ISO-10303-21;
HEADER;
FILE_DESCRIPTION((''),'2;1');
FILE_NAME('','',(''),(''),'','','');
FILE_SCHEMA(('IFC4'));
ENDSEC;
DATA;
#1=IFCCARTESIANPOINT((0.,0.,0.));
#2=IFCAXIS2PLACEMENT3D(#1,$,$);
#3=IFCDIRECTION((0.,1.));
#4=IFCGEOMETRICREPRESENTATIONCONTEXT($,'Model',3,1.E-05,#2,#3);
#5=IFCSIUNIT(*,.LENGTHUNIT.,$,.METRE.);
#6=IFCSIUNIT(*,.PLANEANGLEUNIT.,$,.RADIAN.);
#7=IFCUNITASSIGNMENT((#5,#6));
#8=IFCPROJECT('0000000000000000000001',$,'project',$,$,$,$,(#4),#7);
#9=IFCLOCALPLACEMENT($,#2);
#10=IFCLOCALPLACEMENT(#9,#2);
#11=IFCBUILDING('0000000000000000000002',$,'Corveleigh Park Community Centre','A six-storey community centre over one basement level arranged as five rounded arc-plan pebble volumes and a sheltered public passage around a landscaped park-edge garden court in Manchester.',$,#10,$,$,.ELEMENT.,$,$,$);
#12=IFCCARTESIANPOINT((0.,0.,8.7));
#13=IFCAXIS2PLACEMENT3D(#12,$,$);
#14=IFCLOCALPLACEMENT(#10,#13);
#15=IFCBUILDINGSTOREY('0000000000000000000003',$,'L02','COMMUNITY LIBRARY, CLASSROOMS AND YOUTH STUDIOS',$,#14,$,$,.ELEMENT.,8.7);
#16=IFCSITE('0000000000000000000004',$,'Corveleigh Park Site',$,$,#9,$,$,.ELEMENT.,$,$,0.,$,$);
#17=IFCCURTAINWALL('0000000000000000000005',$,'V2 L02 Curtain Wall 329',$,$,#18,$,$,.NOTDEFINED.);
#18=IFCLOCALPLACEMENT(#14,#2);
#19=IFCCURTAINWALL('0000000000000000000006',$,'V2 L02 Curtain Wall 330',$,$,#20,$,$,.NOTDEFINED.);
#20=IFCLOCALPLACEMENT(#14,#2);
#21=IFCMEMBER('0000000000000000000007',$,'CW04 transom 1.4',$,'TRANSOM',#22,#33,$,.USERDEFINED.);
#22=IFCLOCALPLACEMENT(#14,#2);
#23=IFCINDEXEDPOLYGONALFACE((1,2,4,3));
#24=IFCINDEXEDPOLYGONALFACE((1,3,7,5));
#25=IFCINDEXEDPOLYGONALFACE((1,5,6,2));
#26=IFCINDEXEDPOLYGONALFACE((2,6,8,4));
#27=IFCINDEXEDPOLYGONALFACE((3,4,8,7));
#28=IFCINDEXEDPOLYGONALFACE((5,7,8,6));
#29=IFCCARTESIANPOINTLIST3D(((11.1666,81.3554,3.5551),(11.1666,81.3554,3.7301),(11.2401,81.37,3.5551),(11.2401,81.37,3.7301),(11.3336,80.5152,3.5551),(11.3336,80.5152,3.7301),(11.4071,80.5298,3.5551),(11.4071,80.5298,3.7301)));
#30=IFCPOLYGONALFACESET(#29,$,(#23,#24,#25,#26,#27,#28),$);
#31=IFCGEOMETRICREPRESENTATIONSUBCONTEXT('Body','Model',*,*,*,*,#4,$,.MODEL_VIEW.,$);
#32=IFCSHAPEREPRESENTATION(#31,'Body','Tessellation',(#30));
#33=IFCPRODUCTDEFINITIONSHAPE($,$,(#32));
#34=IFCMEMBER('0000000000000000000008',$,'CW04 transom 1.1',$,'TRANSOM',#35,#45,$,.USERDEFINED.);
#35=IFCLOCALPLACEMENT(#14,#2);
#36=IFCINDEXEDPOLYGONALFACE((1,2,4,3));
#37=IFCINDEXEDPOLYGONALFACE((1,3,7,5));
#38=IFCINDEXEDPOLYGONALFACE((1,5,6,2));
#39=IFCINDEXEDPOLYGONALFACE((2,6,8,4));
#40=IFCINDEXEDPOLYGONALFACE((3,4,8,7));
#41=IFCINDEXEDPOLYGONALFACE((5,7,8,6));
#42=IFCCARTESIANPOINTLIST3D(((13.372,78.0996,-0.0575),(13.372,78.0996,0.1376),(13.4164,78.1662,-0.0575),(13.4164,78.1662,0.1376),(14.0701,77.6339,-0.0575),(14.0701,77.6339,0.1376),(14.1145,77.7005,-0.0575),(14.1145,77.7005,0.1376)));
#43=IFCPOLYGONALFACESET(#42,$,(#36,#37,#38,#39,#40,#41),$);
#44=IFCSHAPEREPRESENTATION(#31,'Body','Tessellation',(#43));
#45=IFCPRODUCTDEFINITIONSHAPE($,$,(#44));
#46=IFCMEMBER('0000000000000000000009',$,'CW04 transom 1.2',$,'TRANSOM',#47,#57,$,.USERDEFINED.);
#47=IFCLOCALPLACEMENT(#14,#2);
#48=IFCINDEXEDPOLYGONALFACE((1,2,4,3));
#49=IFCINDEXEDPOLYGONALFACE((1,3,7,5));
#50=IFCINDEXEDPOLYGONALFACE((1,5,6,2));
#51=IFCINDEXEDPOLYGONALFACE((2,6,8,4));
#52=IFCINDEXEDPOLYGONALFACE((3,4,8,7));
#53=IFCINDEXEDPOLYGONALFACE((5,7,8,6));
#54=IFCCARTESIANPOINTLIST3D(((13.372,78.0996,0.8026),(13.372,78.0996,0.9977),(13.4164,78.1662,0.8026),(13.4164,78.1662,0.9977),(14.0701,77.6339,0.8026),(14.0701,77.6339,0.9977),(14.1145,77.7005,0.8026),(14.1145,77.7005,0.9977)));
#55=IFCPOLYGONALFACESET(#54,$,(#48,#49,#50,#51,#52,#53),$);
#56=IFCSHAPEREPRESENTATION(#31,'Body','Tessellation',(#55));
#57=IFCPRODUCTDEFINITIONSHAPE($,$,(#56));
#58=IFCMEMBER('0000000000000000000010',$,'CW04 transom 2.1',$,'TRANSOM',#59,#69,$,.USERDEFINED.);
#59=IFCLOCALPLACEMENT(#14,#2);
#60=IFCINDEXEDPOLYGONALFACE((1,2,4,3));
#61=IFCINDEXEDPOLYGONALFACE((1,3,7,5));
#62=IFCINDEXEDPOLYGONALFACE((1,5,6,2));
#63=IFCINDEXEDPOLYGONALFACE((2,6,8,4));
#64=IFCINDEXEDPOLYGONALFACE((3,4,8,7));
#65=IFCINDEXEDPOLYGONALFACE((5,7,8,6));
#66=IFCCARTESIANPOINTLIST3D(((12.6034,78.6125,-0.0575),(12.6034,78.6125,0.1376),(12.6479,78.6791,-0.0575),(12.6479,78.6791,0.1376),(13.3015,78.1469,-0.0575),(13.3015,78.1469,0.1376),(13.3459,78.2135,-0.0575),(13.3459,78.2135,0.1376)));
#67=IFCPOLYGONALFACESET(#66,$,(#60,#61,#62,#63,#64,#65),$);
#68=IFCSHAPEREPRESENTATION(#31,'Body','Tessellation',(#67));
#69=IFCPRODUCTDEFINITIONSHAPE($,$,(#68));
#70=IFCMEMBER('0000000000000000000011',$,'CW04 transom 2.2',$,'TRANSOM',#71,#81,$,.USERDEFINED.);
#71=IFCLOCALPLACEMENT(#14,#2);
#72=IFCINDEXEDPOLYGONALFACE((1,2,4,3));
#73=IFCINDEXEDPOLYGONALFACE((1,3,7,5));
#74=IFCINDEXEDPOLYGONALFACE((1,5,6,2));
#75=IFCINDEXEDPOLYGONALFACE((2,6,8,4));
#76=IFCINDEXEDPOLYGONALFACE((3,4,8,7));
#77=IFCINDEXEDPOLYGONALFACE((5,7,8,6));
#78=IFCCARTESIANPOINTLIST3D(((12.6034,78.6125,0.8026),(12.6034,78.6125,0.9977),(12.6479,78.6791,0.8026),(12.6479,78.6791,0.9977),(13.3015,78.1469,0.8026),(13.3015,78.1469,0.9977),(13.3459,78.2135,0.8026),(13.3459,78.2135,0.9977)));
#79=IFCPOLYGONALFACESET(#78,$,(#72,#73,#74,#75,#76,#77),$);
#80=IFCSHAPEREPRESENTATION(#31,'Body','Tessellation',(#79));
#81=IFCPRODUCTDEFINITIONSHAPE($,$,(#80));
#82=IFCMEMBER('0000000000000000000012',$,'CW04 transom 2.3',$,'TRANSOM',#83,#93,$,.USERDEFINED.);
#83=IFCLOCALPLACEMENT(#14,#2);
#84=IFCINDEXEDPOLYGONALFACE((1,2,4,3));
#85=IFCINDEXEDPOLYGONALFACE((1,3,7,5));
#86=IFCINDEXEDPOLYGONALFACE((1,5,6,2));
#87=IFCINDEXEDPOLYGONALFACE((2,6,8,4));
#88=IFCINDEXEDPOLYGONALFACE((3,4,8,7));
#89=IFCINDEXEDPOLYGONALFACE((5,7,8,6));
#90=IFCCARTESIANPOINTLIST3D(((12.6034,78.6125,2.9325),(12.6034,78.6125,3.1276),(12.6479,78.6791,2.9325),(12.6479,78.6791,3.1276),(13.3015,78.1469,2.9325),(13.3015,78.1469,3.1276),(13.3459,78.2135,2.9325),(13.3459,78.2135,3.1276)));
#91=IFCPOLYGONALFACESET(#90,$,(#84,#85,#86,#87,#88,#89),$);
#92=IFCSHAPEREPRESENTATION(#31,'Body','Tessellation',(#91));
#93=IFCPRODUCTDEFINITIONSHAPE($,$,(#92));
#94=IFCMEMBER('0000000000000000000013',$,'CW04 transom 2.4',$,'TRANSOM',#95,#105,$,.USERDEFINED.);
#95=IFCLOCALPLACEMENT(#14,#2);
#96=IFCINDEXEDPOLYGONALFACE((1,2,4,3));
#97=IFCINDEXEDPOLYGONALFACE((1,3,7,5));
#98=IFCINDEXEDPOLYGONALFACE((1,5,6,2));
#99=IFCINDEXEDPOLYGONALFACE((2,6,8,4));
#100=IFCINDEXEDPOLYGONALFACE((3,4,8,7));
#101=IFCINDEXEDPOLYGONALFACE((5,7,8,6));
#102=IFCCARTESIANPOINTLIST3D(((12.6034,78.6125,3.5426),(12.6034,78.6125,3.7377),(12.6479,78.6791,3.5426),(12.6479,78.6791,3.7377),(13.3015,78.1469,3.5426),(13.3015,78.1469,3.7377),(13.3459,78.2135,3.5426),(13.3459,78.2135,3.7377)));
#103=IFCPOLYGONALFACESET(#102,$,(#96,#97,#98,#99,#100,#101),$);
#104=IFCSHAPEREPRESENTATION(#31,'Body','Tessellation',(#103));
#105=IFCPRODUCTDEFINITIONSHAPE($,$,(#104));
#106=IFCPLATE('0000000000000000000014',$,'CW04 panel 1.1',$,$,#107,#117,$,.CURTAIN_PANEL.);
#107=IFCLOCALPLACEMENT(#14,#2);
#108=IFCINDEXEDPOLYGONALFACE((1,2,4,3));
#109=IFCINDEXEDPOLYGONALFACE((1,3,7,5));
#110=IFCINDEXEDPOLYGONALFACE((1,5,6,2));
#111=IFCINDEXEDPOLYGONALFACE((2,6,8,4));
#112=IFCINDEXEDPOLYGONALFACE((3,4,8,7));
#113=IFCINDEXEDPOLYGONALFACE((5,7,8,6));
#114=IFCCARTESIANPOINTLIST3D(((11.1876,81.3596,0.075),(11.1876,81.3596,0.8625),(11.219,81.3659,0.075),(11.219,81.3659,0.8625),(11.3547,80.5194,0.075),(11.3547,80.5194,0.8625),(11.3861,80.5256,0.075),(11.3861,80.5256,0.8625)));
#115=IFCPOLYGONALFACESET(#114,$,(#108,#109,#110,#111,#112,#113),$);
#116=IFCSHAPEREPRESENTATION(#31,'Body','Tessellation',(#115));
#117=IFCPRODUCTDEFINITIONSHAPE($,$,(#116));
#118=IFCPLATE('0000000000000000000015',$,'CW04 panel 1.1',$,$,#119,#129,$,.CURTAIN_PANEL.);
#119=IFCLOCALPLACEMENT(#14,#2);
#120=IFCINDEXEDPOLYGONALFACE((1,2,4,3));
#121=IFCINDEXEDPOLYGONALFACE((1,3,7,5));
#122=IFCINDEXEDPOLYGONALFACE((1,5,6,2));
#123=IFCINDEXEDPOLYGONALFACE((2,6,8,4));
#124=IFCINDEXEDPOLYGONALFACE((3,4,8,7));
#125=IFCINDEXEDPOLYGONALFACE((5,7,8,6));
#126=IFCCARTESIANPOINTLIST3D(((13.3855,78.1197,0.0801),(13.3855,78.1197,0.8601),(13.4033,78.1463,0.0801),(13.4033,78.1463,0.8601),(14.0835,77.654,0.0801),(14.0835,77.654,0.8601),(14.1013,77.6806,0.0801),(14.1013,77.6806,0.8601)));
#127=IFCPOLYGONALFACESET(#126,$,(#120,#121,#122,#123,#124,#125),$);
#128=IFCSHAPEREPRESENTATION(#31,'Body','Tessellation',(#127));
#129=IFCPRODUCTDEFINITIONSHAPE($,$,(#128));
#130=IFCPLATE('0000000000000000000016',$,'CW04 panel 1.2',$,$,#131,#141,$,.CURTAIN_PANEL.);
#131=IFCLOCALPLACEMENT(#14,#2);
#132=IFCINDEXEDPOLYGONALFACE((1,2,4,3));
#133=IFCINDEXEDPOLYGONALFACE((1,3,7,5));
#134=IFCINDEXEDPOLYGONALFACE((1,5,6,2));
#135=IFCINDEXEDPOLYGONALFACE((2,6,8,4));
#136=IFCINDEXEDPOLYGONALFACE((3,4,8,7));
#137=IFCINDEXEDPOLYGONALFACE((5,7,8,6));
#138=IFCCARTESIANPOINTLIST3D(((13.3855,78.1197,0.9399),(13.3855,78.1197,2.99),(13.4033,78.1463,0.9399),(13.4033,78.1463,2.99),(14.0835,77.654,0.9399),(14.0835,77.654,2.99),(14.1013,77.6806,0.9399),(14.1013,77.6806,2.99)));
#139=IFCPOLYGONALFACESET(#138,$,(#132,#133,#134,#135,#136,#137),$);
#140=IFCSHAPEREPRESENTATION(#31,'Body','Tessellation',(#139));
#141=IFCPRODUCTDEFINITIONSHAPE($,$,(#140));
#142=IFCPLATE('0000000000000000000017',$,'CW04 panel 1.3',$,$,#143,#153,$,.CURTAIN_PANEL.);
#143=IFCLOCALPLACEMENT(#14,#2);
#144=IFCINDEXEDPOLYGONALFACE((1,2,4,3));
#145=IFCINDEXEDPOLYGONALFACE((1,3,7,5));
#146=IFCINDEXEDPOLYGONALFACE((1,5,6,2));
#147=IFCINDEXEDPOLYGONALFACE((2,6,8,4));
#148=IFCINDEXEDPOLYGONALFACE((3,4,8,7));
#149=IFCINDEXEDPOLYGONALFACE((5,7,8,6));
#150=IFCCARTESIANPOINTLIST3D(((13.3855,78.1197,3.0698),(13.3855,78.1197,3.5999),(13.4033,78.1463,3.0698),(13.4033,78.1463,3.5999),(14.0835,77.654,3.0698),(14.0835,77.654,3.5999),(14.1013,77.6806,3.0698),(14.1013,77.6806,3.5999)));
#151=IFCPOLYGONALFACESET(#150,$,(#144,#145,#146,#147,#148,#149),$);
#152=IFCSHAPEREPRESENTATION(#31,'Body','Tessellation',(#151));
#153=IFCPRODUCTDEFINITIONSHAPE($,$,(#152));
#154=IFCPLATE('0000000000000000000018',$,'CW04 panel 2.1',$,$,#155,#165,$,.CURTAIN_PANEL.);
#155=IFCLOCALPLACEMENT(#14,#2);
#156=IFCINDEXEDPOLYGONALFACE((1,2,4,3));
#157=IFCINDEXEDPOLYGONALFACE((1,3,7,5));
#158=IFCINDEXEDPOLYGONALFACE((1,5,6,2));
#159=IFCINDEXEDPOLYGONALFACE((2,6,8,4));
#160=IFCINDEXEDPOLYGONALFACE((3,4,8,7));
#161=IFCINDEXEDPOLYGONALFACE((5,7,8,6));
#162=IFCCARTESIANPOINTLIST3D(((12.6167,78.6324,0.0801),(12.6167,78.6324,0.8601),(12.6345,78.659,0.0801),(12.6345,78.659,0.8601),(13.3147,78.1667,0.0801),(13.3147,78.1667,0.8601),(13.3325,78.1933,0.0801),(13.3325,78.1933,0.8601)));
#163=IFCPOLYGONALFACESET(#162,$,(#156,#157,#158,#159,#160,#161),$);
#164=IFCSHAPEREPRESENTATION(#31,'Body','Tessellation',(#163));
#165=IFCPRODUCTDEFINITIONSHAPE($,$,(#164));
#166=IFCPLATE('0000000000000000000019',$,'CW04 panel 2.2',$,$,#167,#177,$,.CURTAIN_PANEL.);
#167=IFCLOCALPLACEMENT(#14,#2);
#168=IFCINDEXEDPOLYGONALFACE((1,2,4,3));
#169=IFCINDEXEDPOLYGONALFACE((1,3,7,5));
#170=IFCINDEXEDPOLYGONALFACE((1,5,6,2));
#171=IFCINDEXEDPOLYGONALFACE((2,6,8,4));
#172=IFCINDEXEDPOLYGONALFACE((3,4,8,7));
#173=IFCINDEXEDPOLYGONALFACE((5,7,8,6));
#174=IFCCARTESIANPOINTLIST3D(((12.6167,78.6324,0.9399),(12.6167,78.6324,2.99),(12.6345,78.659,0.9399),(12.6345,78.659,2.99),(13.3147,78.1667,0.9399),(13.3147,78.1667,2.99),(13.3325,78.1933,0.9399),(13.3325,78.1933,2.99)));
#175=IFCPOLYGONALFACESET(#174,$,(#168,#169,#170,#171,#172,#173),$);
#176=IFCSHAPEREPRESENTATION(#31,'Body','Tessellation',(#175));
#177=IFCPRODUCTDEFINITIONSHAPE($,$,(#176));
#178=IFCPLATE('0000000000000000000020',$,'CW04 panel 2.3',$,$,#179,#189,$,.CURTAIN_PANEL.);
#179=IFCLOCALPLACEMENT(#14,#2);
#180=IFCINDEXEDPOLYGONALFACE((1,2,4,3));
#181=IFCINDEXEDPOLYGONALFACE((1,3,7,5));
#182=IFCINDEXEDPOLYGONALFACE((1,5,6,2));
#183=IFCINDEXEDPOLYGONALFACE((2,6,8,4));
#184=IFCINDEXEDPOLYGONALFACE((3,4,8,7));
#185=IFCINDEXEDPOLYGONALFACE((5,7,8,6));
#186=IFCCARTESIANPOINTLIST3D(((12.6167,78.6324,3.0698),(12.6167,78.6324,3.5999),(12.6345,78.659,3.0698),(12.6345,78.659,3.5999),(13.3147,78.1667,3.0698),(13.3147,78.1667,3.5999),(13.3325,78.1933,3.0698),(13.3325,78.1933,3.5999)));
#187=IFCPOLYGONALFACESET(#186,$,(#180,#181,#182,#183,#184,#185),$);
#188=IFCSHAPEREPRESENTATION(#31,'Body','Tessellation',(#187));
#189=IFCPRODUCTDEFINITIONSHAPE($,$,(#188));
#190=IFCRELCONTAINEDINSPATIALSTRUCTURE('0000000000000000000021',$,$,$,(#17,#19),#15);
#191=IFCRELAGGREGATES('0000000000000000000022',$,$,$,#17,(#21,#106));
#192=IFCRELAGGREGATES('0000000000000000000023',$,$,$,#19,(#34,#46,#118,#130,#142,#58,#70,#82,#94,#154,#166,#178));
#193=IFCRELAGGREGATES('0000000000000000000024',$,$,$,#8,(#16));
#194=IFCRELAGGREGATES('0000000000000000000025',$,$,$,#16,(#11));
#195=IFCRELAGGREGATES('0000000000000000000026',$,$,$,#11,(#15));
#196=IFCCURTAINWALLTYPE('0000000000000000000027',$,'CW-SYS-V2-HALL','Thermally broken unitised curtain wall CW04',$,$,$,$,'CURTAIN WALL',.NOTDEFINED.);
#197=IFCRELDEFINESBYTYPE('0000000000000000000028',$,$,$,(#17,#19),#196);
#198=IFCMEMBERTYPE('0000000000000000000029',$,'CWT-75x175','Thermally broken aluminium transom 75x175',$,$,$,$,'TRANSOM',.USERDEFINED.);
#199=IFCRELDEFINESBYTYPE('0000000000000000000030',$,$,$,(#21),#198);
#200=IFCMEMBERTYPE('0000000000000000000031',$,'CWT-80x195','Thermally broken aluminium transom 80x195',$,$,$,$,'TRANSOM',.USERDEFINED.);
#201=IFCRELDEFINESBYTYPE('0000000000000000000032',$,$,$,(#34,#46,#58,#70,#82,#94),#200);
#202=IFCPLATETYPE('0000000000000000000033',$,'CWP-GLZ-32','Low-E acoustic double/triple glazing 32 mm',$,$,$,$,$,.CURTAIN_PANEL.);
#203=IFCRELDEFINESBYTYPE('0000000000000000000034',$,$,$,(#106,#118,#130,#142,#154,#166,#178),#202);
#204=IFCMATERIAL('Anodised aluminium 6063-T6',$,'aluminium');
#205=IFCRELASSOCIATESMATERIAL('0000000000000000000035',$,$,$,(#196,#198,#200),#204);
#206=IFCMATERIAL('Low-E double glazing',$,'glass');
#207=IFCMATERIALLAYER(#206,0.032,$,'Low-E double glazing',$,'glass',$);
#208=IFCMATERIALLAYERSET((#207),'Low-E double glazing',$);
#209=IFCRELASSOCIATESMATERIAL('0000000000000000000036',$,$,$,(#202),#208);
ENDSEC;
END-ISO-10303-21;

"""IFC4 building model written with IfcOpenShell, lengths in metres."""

from ifc_helpers import new_model, si_unit, direction, frame, origin, origin_2d, place, context, subcontext, project, spatial, rectangle, extrude, material, layer, layer_set, material_profile, profile_set, type_object, element, aggregate, save


model = new_model("IFC4")

# Units and contexts
model_context = context("Model", 3, precision=1e-05, world=origin(), true_north=direction((0.0, 1.0)))
body_context = subcontext(model_context, "Body", "Model", "MODEL_VIEW")
ifc_project = project(units=[si_unit("LENGTHUNIT", "METRE"), si_unit("PLANEANGLEUNIT", "RADIAN")], contexts=[model_context])

# Site, building, storey
site_placement = place(None, origin())
site = spatial("IfcSite", under=ifc_project, at=site_placement, Name="Corveleigh Park Site", CompositionType="ELEMENT", RefElevation=0.0)
building_placement = place(site_placement, origin())
building = spatial("IfcBuilding", under=site, at=building_placement, Name="Corveleigh Park Community Centre", Description="A six-storey community centre over one basement level arranged as five rounded arc-plan pebble volumes and a sheltered public passage around a landscaped park-edge garden court in Manchester.", CompositionType="ELEMENT")
storey_placement = place(building_placement, frame((0.0, 0.0, 8.7)))
storey = spatial("IfcBuildingStorey", under=building, at=storey_placement, Name="L02", Description="COMMUNITY LIBRARY, CLASSROOMS AND YOUTH STUDIOS", CompositionType="ELEMENT", Elevation=8.7)

# Curtain wall
ifc_material_1 = material(Name="Anodised aluminium 6063-T6", Category="aluminium")
curtain_wall_type = type_object("IfcCurtainWallType", Name="CW-SYS-V2-HALL", Description="Thermally broken unitised curtain wall CW04", ElementType="CURTAIN WALL", PredefinedType="NOTDEFINED", material=ifc_material_1)
curtain_wall_1_placement = place(storey_placement, origin())
curtain_wall_1 = element("IfcCurtainWall", 1, at=curtain_wall_1_placement, inside=storey, type_object=curtain_wall_type, Name="V2 L02 Curtain Wall 329", PredefinedType="NOTDEFINED")

# Curtain wall
curtain_wall_2_placement = place(storey_placement, origin())
curtain_wall_2 = element("IfcCurtainWall", 2, at=curtain_wall_2_placement, inside=storey, type_object=curtain_wall_type, Name="V2 L02 Curtain Wall 330", PredefinedType="NOTDEFINED")

# Members
ifc_material_profile_1 = material_profile(ifc_material_1, rectangle(XDim=0.075, YDim=0.175, at=origin_2d()), Name="ALU-T75x175", Category="aluminium")
ifc_profile_set_1 = profile_set([ifc_material_profile_1], Name="Anodised aluminium 6063-T6")
member_type_1 = type_object("IfcMemberType", Name="CWT-75x175", Description="Thermally broken aluminium transom 75x175", ElementType="TRANSOM", PredefinedType="USERDEFINED", material=ifc_profile_set_1)
member_1_placement = place(storey_placement, frame((11.3704, 80.5225, 3.6426), z_axis=(-0.19491, 0.980821, 0.0), x_axis=(-0.980821, -0.19491, 0.0)))
member_1 = element("IfcMember", 3, at=member_1_placement, type_object=member_type_1, Name="CW04 transom 1.4", ObjectType="TRANSOM", PredefinedType="USERDEFINED", context=body_context, shape_type="SweptSolid", body=[
    extrude(rectangle(XDim=0.075, YDim=0.175, at=origin_2d()), origin(), (0.0, 0.0, 1.0), 0.8567),
])
ifc_material_profile_2 = material_profile(ifc_material_1, rectangle(XDim=0.0801, YDim=0.1951, at=origin_2d()), Name="ALU-T80x195", Category="aluminium")
ifc_profile_set_2 = profile_set([ifc_material_profile_2], Name="Anodised aluminium 6063-T6")
member_type_2 = type_object("IfcMemberType", Name="CWT-80x195", Description="Thermally broken aluminium transom 80x195", ElementType="TRANSOM", PredefinedType="USERDEFINED", material=ifc_profile_set_2)
member_2_placement = place(storey_placement, frame((14.0923, 77.6672, 0.04), z_axis=(-0.831916, 0.554902, 0.0), x_axis=(-0.554902, -0.831916, 0.0)))
member_2 = element("IfcMember", 4, at=member_2_placement, type_object=member_type_2, Name="CW04 transom 1.1", ObjectType="TRANSOM", PredefinedType="USERDEFINED", context=body_context, shape_type="SweptSolid", body=[
    extrude(rectangle(XDim=0.0801, YDim=0.1951, at=origin_2d()), origin(), (0.0, 0.0, 1.0), 0.8391),
])
member_3_placement = place(storey_placement, frame((14.0923, 77.6672, 0.9001), z_axis=(-0.831916, 0.554902, 0.0), x_axis=(-0.554902, -0.831916, 0.0)))
member_3 = element("IfcMember", 5, at=member_3_placement, type_object=member_type_2, Name="CW04 transom 1.2", ObjectType="TRANSOM", PredefinedType="USERDEFINED", context=body_context, shape_type="SweptSolid", body=[
    extrude(rectangle(XDim=0.0801, YDim=0.1951, at=origin_2d()), origin(), (0.0, 0.0, 1.0), 0.8391),
])
member_4_placement = place(storey_placement, frame((13.3237, 78.1802, 0.04), z_axis=(-0.831916, 0.554902, 0.0), x_axis=(-0.554902, -0.831916, 0.0)))
member_4 = element("IfcMember", 6, at=member_4_placement, type_object=member_type_2, Name="CW04 transom 2.1", ObjectType="TRANSOM", PredefinedType="USERDEFINED", context=body_context, shape_type="SweptSolid", body=[
    extrude(rectangle(XDim=0.0801, YDim=0.1951, at=origin_2d()), origin(), (0.0, 0.0, 1.0), 0.8391),
])
member_5_placement = place(storey_placement, frame((13.3237, 78.1802, 0.9001), z_axis=(-0.831916, 0.554902, 0.0), x_axis=(-0.554902, -0.831916, 0.0)))
member_5 = element("IfcMember", 7, at=member_5_placement, type_object=member_type_2, Name="CW04 transom 2.2", ObjectType="TRANSOM", PredefinedType="USERDEFINED", context=body_context, shape_type="SweptSolid", body=[
    extrude(rectangle(XDim=0.0801, YDim=0.1951, at=origin_2d()), origin(), (0.0, 0.0, 1.0), 0.8391),
])
member_6_placement = place(storey_placement, frame((13.3237, 78.1802, 3.03), z_axis=(-0.831916, 0.554902, 0.0), x_axis=(-0.554902, -0.831916, 0.0)))
member_6 = element("IfcMember", 8, at=member_6_placement, type_object=member_type_2, Name="CW04 transom 2.3", ObjectType="TRANSOM", PredefinedType="USERDEFINED", context=body_context, shape_type="SweptSolid", body=[
    extrude(rectangle(XDim=0.0801, YDim=0.1951, at=origin_2d()), origin(), (0.0, 0.0, 1.0), 0.8391),
])
member_7_placement = place(storey_placement, frame((13.3237, 78.1802, 3.6401), z_axis=(-0.831916, 0.554902, 0.0), x_axis=(-0.554902, -0.831916, 0.0)))
member_7 = element("IfcMember", 9, at=member_7_placement, type_object=member_type_2, Name="CW04 transom 2.4", ObjectType="TRANSOM", PredefinedType="USERDEFINED", context=body_context, shape_type="SweptSolid", body=[
    extrude(rectangle(XDim=0.0801, YDim=0.1951, at=origin_2d()), origin(), (0.0, 0.0, 1.0), 0.8391),
])

# Plates
ifc_material_2 = material(Name="Low-E double glazing", Category="glass")
ifc_layer_1 = layer(ifc_material_2, 0.032, Name="Low-E double glazing", Category="glass")
ifc_layer_set_1 = layer_set([ifc_layer_1], Name="Low-E double glazing")
plate_type = type_object("IfcPlateType", Name="CWP-GLZ-32", Description="Low-E acoustic double/triple glazing 32 mm", PredefinedType="CURTAIN_PANEL", material=ifc_layer_set_1)
plate_1_placement = place(storey_placement, frame((11.2869, 80.9426, 0.075), z_axis=(0.0, 0.0, 1.0), x_axis=(-0.195033, 0.980797, 0.0)))
plate_1 = element("IfcPlate", 10, at=plate_1_placement, type_object=plate_type, Name="CW04 panel 1.1", PredefinedType="CURTAIN_PANEL", context=body_context, shape_type="SweptSolid", body=[
    extrude(rectangle(XDim=0.8567, YDim=0.032, at=origin_2d()), origin(), (0.0, 0.0, 1.0), 0.7876),
])
aggregate(curtain_wall_1, [member_1, plate_1])
plate_2_placement = place(storey_placement, frame((13.7434, 77.9001, 0.0801), z_axis=(0.0, 0.0, 1.0), x_axis=(-0.831811, 0.555058, 0.0)))
plate_2 = element("IfcPlate", 11, at=plate_2_placement, type_object=plate_type, Name="CW04 panel 1.1", PredefinedType="CURTAIN_PANEL", context=body_context, shape_type="SweptSolid", body=[
    extrude(rectangle(XDim=0.8391, YDim=0.032, at=origin_2d()), origin(), (0.0, 0.0, 1.0), 0.78),
])
plate_3_placement = place(storey_placement, frame((13.7434, 77.9001, 0.9399), z_axis=(0.0, 0.0, 1.0), x_axis=(-0.831811, 0.555058, 0.0)))
plate_3 = element("IfcPlate", 12, at=plate_3_placement, type_object=plate_type, Name="CW04 panel 1.2", PredefinedType="CURTAIN_PANEL", context=body_context, shape_type="SweptSolid", body=[
    extrude(rectangle(XDim=0.8391, YDim=0.032, at=origin_2d()), origin(), (0.0, 0.0, 1.0), 2.05),
])
plate_4_placement = place(storey_placement, frame((13.7434, 77.9001, 3.0698), z_axis=(0.0, 0.0, 1.0), x_axis=(-0.831811, 0.555058, 0.0)))
plate_4 = element("IfcPlate", 13, at=plate_4_placement, type_object=plate_type, Name="CW04 panel 1.3", PredefinedType="CURTAIN_PANEL", context=body_context, shape_type="SweptSolid", body=[
    extrude(rectangle(XDim=0.8391, YDim=0.032, at=origin_2d()), origin(), (0.0, 0.0, 1.0), 0.53),
])
plate_5_placement = place(storey_placement, frame((12.9746, 78.4128, 0.0801), z_axis=(0.0, 0.0, 1.0), x_axis=(-0.831811, 0.555058, 0.0)))
plate_5 = element("IfcPlate", 14, at=plate_5_placement, type_object=plate_type, Name="CW04 panel 2.1", PredefinedType="CURTAIN_PANEL", context=body_context, shape_type="SweptSolid", body=[
    extrude(rectangle(XDim=0.8391, YDim=0.032, at=origin_2d()), origin(), (0.0, 0.0, 1.0), 0.78),
])
plate_6_placement = place(storey_placement, frame((12.9746, 78.4128, 0.9399), z_axis=(0.0, 0.0, 1.0), x_axis=(-0.831811, 0.555058, 0.0)))
plate_6 = element("IfcPlate", 15, at=plate_6_placement, type_object=plate_type, Name="CW04 panel 2.2", PredefinedType="CURTAIN_PANEL", context=body_context, shape_type="SweptSolid", body=[
    extrude(rectangle(XDim=0.8391, YDim=0.032, at=origin_2d()), origin(), (0.0, 0.0, 1.0), 2.05),
])
plate_7_placement = place(storey_placement, frame((12.9746, 78.4128, 3.0698), z_axis=(0.0, 0.0, 1.0), x_axis=(-0.831811, 0.555058, 0.0)))
plate_7 = element("IfcPlate", 16, at=plate_7_placement, type_object=plate_type, Name="CW04 panel 2.3", PredefinedType="CURTAIN_PANEL", context=body_context, shape_type="SweptSolid", body=[
    extrude(rectangle(XDim=0.8391, YDim=0.032, at=origin_2d()), origin(), (0.0, 0.0, 1.0), 0.53),
])
aggregate(curtain_wall_2, [member_2, member_3, plate_2, plate_3, plate_4, member_4, member_5, member_6, member_7, plate_5, plate_6, plate_7])

save(model, "model.ifc")
